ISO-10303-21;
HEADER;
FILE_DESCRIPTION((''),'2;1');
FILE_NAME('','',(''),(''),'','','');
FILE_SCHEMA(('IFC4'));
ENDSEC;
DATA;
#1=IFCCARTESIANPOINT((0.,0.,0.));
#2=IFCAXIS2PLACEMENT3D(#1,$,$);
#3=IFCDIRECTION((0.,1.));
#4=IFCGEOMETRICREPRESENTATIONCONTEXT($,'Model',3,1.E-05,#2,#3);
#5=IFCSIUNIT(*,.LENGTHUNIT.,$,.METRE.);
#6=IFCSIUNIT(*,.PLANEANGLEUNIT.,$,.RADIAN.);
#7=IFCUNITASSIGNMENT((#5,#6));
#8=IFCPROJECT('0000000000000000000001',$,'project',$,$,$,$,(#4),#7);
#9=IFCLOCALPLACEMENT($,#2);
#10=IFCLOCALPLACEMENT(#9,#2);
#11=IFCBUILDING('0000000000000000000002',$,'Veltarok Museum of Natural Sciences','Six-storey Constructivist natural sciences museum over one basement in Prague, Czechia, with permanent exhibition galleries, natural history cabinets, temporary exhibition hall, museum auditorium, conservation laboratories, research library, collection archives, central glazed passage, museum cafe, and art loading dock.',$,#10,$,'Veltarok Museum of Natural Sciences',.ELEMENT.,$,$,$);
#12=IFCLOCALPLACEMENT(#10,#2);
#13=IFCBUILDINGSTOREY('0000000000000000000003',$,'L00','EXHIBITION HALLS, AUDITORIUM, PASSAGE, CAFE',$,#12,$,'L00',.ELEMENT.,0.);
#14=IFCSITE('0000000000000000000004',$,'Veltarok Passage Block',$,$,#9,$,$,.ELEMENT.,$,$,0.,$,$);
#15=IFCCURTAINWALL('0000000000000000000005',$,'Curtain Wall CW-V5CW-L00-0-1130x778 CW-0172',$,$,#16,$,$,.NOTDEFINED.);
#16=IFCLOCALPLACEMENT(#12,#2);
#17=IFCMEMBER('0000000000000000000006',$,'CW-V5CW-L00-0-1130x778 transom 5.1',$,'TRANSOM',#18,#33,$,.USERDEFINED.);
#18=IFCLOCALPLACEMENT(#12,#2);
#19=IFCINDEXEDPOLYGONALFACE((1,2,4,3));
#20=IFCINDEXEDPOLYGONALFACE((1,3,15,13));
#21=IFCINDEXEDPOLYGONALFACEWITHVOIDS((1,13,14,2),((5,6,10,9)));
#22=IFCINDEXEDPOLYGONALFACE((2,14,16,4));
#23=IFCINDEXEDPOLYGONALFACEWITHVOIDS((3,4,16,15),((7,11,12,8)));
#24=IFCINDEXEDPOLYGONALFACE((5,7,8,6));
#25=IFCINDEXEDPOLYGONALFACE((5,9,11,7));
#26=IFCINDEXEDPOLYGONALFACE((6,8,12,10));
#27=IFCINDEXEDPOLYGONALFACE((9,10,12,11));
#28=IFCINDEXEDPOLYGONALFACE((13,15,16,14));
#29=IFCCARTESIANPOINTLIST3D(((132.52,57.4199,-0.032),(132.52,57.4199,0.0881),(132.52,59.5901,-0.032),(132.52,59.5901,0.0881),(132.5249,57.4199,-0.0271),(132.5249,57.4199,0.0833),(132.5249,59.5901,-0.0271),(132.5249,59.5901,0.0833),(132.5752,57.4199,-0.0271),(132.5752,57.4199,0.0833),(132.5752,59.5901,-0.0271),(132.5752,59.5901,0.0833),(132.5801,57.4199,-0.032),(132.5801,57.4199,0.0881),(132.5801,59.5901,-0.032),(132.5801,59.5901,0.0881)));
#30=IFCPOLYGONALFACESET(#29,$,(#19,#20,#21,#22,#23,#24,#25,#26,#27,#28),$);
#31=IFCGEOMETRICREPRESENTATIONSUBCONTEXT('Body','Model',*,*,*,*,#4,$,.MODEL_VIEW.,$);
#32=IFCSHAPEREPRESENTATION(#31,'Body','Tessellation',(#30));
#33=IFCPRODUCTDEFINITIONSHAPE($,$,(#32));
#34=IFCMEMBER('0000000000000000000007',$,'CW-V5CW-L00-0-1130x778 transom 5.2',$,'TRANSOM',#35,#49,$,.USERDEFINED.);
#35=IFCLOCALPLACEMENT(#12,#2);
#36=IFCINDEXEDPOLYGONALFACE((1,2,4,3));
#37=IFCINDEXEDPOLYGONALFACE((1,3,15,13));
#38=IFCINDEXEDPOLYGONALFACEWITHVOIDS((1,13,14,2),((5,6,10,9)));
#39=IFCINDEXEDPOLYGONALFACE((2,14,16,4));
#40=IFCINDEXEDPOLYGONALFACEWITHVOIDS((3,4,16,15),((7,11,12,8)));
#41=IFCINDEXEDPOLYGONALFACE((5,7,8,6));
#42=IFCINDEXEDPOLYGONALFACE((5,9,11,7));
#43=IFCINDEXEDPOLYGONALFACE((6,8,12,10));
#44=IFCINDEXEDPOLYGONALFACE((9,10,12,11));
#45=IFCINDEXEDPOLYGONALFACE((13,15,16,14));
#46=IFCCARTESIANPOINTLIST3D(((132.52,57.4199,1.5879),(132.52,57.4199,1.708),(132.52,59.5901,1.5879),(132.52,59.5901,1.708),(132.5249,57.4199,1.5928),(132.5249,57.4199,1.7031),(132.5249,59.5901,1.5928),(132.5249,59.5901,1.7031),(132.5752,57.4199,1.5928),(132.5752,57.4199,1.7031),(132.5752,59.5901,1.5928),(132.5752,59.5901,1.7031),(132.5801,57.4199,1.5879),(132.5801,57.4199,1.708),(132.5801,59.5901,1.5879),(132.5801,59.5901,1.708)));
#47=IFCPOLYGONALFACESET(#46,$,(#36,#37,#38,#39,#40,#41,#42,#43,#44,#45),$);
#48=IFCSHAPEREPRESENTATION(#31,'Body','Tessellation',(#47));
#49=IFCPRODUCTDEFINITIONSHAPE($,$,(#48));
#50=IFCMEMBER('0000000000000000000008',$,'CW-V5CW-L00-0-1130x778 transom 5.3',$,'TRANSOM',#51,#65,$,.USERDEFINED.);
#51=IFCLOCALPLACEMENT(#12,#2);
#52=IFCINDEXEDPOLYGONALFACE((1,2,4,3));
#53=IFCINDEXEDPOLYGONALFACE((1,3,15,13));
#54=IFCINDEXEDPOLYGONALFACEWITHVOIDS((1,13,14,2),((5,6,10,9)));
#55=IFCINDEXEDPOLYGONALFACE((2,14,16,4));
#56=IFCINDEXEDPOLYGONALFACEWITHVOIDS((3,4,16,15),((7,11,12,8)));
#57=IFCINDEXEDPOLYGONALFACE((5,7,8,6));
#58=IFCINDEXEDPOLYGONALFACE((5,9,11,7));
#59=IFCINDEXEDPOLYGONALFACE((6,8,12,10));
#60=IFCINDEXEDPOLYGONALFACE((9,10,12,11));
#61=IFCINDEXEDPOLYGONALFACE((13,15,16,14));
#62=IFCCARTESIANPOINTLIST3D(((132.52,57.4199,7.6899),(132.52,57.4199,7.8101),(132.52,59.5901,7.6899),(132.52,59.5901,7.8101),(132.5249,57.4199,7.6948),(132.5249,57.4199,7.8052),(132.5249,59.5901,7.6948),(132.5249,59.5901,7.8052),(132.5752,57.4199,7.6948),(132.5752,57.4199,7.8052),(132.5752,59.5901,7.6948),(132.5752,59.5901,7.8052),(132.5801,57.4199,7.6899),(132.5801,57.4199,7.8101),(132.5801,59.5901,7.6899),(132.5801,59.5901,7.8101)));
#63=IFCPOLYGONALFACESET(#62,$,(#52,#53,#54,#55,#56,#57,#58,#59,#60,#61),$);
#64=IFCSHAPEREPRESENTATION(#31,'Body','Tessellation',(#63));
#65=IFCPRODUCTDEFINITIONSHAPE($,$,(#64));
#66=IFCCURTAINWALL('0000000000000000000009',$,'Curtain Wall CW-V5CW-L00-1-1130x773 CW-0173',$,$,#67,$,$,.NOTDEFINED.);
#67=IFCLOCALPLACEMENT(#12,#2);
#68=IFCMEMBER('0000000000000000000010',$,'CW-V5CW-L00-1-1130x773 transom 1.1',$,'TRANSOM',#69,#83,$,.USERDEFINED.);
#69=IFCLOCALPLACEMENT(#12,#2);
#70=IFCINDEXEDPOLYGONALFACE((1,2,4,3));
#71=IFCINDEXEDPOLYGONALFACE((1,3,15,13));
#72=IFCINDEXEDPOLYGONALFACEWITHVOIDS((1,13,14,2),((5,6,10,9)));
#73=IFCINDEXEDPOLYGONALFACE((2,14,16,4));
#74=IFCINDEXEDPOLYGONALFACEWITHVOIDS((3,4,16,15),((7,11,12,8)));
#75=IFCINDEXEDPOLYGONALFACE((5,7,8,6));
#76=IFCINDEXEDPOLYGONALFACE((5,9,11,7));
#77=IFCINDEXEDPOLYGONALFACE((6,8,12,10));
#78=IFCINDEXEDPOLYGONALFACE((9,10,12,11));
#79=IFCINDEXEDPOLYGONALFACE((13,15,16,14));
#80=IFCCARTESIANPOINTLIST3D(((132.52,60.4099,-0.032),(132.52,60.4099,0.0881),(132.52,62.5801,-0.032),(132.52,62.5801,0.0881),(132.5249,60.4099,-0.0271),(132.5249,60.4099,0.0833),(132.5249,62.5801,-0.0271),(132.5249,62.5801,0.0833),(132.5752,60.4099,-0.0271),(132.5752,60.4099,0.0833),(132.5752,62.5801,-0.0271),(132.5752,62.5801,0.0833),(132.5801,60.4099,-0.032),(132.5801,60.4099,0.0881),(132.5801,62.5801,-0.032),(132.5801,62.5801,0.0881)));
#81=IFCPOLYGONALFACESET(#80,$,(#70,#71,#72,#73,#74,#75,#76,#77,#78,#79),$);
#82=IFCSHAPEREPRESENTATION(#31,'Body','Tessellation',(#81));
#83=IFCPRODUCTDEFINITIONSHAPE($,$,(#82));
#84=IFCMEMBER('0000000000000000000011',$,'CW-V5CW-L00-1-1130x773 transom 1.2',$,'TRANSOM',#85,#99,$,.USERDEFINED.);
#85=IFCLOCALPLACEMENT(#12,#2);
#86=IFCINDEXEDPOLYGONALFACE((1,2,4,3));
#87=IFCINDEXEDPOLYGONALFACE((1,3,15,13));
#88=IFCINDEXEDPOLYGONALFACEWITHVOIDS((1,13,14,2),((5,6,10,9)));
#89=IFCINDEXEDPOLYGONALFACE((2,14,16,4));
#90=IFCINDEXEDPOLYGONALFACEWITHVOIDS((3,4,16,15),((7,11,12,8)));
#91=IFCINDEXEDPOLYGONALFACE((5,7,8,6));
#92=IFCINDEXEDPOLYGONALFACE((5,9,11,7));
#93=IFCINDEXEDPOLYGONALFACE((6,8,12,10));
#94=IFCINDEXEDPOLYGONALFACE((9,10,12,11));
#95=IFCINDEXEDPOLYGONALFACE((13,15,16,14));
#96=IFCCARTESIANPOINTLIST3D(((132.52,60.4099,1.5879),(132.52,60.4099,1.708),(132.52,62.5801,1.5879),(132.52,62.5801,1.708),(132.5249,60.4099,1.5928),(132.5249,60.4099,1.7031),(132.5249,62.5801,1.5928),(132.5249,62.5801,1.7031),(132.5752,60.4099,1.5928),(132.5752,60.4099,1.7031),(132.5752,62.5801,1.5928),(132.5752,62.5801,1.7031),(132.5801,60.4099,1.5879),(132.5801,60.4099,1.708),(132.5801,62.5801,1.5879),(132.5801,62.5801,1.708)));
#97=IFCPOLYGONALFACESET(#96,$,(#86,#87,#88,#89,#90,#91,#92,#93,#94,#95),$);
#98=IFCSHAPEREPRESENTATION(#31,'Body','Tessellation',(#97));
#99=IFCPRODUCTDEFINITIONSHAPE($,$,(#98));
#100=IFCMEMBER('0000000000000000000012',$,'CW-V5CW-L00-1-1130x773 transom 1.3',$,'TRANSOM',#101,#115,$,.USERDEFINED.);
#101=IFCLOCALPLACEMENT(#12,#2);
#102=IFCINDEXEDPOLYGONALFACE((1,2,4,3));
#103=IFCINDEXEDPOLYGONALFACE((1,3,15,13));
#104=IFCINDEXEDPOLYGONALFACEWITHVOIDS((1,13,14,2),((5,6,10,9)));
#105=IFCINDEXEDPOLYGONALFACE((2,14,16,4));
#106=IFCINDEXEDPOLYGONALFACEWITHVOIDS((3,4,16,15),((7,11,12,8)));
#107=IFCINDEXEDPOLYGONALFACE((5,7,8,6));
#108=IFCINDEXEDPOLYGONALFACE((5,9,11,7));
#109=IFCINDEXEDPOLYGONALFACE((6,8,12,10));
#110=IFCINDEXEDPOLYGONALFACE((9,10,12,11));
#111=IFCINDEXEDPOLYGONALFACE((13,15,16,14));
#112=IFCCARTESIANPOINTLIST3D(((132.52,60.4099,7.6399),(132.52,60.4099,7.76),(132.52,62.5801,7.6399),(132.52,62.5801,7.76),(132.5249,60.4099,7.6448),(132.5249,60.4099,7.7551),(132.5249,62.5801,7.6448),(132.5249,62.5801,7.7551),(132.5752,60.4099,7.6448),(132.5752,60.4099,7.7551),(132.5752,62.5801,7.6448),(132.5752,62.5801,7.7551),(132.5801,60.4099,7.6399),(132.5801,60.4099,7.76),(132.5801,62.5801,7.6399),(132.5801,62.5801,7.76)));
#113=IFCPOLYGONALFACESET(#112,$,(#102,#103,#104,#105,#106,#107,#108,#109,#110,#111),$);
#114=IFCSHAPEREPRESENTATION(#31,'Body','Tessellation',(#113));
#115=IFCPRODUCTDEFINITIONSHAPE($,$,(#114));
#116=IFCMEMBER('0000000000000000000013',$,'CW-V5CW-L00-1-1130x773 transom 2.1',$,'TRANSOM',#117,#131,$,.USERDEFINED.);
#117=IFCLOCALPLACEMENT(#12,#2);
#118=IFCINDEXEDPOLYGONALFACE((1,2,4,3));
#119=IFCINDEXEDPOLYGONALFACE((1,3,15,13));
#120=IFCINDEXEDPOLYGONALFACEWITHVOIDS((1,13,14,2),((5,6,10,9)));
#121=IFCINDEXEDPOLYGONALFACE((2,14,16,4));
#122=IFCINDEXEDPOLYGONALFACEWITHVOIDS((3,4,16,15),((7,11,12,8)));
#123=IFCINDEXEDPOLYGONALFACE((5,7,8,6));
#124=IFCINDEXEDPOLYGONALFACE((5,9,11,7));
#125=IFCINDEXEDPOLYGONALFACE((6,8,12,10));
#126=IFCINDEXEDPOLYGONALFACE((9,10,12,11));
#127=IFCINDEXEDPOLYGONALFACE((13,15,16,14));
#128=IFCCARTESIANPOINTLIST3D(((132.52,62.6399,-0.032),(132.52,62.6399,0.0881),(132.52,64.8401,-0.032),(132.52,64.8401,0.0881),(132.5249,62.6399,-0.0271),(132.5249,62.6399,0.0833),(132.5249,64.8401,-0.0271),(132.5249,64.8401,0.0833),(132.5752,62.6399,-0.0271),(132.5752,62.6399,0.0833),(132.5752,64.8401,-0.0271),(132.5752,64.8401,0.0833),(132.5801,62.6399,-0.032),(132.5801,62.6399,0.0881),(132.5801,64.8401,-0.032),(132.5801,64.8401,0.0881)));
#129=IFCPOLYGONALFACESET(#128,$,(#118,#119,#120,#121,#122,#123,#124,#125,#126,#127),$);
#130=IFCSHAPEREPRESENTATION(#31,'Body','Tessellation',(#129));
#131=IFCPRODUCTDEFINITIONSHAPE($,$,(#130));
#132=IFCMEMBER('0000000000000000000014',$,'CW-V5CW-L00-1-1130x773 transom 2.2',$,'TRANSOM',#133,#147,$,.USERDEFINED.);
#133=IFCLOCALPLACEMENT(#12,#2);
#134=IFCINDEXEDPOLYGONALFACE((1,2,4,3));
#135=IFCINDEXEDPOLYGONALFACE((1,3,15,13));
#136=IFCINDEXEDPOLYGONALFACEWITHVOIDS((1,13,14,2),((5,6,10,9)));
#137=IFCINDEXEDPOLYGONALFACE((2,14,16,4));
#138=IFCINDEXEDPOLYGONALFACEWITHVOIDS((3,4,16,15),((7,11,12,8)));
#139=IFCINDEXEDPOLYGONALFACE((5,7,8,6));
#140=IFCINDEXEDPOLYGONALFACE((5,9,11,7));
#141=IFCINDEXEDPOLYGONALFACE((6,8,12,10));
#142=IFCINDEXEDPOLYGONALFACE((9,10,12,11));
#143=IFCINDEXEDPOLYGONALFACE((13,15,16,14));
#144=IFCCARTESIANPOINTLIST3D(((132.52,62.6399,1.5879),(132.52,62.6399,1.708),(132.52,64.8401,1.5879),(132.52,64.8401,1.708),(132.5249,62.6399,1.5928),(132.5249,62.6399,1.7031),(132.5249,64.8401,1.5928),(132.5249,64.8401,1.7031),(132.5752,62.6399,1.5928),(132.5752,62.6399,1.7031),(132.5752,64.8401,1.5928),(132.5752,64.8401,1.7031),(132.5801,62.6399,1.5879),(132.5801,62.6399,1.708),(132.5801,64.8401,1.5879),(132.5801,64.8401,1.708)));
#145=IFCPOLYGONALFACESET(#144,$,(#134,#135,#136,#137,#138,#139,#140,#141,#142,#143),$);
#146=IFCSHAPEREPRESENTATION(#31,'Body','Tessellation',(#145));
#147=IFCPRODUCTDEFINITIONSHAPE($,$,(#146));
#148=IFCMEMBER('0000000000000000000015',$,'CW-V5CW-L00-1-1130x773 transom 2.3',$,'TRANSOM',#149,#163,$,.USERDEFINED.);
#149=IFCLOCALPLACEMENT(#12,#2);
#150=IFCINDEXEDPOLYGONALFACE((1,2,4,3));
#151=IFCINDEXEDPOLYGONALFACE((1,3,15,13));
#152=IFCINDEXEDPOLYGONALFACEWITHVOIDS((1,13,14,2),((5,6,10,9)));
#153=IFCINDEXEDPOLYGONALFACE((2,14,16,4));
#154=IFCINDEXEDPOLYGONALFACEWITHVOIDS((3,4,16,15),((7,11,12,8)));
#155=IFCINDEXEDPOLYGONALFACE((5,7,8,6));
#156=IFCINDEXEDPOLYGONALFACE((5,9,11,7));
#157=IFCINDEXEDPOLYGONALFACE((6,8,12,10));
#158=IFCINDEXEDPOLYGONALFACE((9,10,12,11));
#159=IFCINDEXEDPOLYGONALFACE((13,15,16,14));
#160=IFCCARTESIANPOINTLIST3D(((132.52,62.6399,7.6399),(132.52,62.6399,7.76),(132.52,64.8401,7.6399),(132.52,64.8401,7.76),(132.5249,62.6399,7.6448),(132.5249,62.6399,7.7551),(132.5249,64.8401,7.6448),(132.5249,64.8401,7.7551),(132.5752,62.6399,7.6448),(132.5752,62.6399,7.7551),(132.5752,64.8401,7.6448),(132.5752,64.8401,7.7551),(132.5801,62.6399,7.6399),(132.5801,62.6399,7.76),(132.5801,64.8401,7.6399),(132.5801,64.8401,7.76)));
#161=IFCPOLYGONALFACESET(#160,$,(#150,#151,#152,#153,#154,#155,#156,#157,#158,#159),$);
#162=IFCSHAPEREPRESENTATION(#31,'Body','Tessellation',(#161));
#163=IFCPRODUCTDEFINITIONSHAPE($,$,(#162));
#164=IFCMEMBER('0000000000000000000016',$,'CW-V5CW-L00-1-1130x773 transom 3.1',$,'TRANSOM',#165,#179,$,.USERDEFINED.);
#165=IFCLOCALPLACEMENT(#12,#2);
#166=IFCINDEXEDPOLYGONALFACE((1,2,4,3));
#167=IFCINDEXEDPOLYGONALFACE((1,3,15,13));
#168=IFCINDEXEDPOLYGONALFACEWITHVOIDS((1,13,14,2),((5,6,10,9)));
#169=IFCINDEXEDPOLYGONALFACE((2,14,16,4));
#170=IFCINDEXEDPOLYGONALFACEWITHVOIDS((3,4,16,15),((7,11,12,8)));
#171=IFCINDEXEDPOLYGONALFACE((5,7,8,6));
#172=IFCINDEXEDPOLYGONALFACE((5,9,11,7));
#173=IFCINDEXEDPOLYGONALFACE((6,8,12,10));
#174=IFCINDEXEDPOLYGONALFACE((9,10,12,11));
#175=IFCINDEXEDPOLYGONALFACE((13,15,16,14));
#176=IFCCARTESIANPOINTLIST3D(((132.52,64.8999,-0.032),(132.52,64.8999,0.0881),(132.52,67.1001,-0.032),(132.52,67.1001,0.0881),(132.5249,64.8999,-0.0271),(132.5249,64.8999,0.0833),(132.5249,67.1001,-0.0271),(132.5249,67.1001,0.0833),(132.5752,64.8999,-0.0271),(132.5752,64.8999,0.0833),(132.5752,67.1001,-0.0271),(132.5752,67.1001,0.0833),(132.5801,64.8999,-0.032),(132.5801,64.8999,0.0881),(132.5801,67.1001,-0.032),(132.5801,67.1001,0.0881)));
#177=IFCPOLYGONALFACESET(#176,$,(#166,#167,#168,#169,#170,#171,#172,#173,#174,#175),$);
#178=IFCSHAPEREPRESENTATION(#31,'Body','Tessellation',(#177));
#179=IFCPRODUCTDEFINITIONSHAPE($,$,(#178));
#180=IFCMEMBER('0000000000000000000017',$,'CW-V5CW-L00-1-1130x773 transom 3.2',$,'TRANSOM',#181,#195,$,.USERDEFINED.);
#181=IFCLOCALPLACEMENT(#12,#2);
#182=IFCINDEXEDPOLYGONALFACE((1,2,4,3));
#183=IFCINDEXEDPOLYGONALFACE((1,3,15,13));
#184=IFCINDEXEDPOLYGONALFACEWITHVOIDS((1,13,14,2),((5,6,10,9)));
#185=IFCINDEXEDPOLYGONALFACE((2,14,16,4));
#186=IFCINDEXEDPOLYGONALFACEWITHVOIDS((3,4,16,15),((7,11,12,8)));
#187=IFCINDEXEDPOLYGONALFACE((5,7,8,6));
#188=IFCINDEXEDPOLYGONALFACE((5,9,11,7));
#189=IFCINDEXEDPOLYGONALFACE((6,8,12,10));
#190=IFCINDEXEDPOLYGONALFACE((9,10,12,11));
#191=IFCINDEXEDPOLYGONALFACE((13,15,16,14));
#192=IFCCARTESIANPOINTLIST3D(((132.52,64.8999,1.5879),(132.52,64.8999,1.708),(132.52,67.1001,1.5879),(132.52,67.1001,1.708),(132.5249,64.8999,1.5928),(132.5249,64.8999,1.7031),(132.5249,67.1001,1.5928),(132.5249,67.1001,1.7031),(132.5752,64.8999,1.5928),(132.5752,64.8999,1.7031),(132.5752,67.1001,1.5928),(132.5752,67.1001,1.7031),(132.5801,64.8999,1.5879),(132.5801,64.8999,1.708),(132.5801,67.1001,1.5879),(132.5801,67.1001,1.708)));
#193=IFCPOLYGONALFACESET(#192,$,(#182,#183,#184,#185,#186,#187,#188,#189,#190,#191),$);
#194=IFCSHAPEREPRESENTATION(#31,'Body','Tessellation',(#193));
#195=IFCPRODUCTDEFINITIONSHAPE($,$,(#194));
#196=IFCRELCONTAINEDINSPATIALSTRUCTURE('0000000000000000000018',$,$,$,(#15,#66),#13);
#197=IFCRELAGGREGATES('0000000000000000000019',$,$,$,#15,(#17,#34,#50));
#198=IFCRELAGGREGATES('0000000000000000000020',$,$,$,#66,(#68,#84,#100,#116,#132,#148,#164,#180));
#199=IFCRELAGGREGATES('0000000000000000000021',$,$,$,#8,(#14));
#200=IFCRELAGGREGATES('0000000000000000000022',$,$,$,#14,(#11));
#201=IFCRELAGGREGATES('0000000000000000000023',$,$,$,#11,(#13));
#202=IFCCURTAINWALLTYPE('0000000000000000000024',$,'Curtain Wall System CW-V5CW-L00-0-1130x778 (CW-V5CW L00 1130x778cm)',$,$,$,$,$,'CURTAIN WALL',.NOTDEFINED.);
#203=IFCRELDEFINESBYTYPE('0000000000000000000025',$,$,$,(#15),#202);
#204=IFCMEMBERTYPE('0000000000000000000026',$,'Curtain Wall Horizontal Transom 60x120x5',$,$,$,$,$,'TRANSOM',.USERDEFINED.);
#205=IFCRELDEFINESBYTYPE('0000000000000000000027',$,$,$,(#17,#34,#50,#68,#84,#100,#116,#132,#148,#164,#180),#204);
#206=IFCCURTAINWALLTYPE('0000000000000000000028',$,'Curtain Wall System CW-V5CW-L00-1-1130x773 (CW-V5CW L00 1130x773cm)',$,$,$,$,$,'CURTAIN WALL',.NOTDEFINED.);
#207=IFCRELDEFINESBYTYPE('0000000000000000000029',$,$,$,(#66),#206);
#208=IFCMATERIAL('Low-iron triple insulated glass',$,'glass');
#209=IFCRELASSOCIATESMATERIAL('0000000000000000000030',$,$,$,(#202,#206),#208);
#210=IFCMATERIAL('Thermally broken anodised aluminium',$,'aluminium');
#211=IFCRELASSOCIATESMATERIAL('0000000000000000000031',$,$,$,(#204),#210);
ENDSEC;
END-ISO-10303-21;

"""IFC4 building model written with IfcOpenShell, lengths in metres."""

from ifc_helpers import new_model, si_unit, direction, frame, origin, origin_2d, place, context, subcontext, project, spatial, hollow_rectangle, extrude, material, material_profile, profile_set, type_object, element, aggregate, save


model = new_model("IFC4")

# Units and contexts
model_context = context("Model", 3, precision=1e-05, world=origin(), true_north=direction((0.0, 1.0)))
body_context = subcontext(model_context, "Body", "Model", "MODEL_VIEW")
ifc_project = project(units=[si_unit("LENGTHUNIT", "METRE"), si_unit("PLANEANGLEUNIT", "RADIAN")], contexts=[model_context])

# Site, building, storey
site_placement = place(None, origin())
site = spatial("IfcSite", under=ifc_project, at=site_placement, Name="Veltarok Passage Block", CompositionType="ELEMENT", RefElevation=0.0)
building_placement = place(site_placement, origin())
building = spatial("IfcBuilding", under=site, at=building_placement, Name="Veltarok Museum of Natural Sciences", Description="Six-storey Constructivist natural sciences museum over one basement in Prague, Czechia, with permanent exhibition galleries, natural history cabinets, temporary exhibition hall, museum auditorium, conservation laboratories, research library, collection archives, central glazed passage, museum cafe, and art loading dock.", LongName="Veltarok Museum of Natural Sciences", CompositionType="ELEMENT")
storey_placement = place(building_placement, origin())
storey = spatial("IfcBuildingStorey", under=building, at=storey_placement, Name="L00", Description="EXHIBITION HALLS, AUDITORIUM, PASSAGE, CAFE", LongName="L00", CompositionType="ELEMENT", Elevation=0.0)

# Curtain walls, members
ifc_material_1 = material(Name="Low-iron triple insulated glass", Category="glass")
curtain_wall_type_1 = type_object("IfcCurtainWallType", Name="Curtain Wall System CW-V5CW-L00-0-1130x778 (CW-V5CW L00 1130x778cm)", ElementType="CURTAIN WALL", PredefinedType="NOTDEFINED", material=ifc_material_1)
curtain_wall_1_placement = place(storey_placement, origin())
curtain_wall_1 = element("IfcCurtainWall", 1, at=curtain_wall_1_placement, inside=storey, type_object=curtain_wall_type_1, Name="Curtain Wall CW-V5CW-L00-0-1130x778 CW-0172", PredefinedType="NOTDEFINED")
ifc_material_2 = material(Name="Thermally broken anodised aluminium", Category="aluminium")
ifc_material_profile_1 = material_profile(ifc_material_2, hollow_rectangle(XDim=0.0601, YDim=0.1201, WallThickness=0.0049, at=origin_2d()), Name="CW TRANSOM 60x120x5")
ifc_profile_set_1 = profile_set([ifc_material_profile_1], Name="Thermally broken anodised aluminium")
member_type_1 = type_object("IfcMemberType", Name="Curtain Wall Horizontal Transom 60x120x5", ElementType="TRANSOM", PredefinedType="USERDEFINED", material=ifc_profile_set_1)
member_1_placement = place(storey_placement, frame((132.55, 57.4199, 0.0281), z_axis=(0.0, 1.0, 0.0), x_axis=(-1.0, 0.0, 0.0)))
member_1 = element("IfcMember", 2, at=member_1_placement, type_object=member_type_1, Name="CW-V5CW-L00-0-1130x778 transom 5.1", ObjectType="TRANSOM", PredefinedType="USERDEFINED", context=body_context, shape_type="SweptSolid", body=[
    extrude(hollow_rectangle(XDim=0.0601, YDim=0.1201, WallThickness=0.0049, at=origin_2d()), origin(), (0.0, 0.0, 1.0), 2.1702),
])
member_2_placement = place(storey_placement, frame((132.55, 57.4199, 1.6479), z_axis=(0.0, 1.0, 0.0), x_axis=(-1.0, 0.0, 0.0)))
member_2 = element("IfcMember", 3, at=member_2_placement, type_object=member_type_1, Name="CW-V5CW-L00-0-1130x778 transom 5.2", ObjectType="TRANSOM", PredefinedType="USERDEFINED", context=body_context, shape_type="SweptSolid", body=[
    extrude(hollow_rectangle(XDim=0.0601, YDim=0.1201, WallThickness=0.0049, at=origin_2d()), origin(), (0.0, 0.0, 1.0), 2.1702),
])
member_3_placement = place(storey_placement, frame((132.55, 57.4199, 7.75), z_axis=(0.0, 1.0, 0.0), x_axis=(-1.0, 0.0, 0.0)))
member_3 = element("IfcMember", 4, at=member_3_placement, type_object=member_type_1, Name="CW-V5CW-L00-0-1130x778 transom 5.3", ObjectType="TRANSOM", PredefinedType="USERDEFINED", context=body_context, shape_type="SweptSolid", body=[
    extrude(hollow_rectangle(XDim=0.0601, YDim=0.1201, WallThickness=0.0049, at=origin_2d()), origin(), (0.0, 0.0, 1.0), 2.1702),
])
curtain_wall_type_2 = type_object("IfcCurtainWallType", Name="Curtain Wall System CW-V5CW-L00-1-1130x773 (CW-V5CW L00 1130x773cm)", ElementType="CURTAIN WALL", PredefinedType="NOTDEFINED", material=ifc_material_1)
curtain_wall_2_placement = place(storey_placement, origin())
curtain_wall_2 = element("IfcCurtainWall", 5, at=curtain_wall_2_placement, inside=storey, type_object=curtain_wall_type_2, Name="Curtain Wall CW-V5CW-L00-1-1130x773 CW-0173", PredefinedType="NOTDEFINED")
member_4_placement = place(storey_placement, frame((132.55, 60.4099, 0.0281), z_axis=(0.0, 1.0, 0.0), x_axis=(-1.0, 0.0, 0.0)))
member_4 = element("IfcMember", 6, at=member_4_placement, type_object=member_type_1, Name="CW-V5CW-L00-1-1130x773 transom 1.1", ObjectType="TRANSOM", PredefinedType="USERDEFINED", context=body_context, shape_type="SweptSolid", body=[
    extrude(hollow_rectangle(XDim=0.0601, YDim=0.1201, WallThickness=0.0049, at=origin_2d()), origin(), (0.0, 0.0, 1.0), 2.1702),
])
member_5_placement = place(storey_placement, frame((132.55, 60.4099, 1.6479), z_axis=(0.0, 1.0, 0.0), x_axis=(-1.0, 0.0, 0.0)))
member_5 = element("IfcMember", 7, at=member_5_placement, type_object=member_type_1, Name="CW-V5CW-L00-1-1130x773 transom 1.2", ObjectType="TRANSOM", PredefinedType="USERDEFINED", context=body_context, shape_type="SweptSolid", body=[
    extrude(hollow_rectangle(XDim=0.0601, YDim=0.1201, WallThickness=0.0049, at=origin_2d()), origin(), (0.0, 0.0, 1.0), 2.1702),
])
member_6_placement = place(storey_placement, frame((132.55, 60.4099, 7.7), z_axis=(0.0, 1.0, 0.0), x_axis=(-1.0, 0.0, 0.0)))
member_6 = element("IfcMember", 8, at=member_6_placement, type_object=member_type_1, Name="CW-V5CW-L00-1-1130x773 transom 1.3", ObjectType="TRANSOM", PredefinedType="USERDEFINED", context=body_context, shape_type="SweptSolid", body=[
    extrude(hollow_rectangle(XDim=0.0601, YDim=0.1201, WallThickness=0.0049, at=origin_2d()), origin(), (0.0, 0.0, 1.0), 2.1702),
])
member_7_placement = place(storey_placement, frame((132.55, 62.6399, 0.0281), z_axis=(0.0, 1.0, 0.0), x_axis=(-1.0, 0.0, 0.0)))
member_7 = element("IfcMember", 9, at=member_7_placement, type_object=member_type_1, Name="CW-V5CW-L00-1-1130x773 transom 2.1", ObjectType="TRANSOM", PredefinedType="USERDEFINED", context=body_context, shape_type="SweptSolid", body=[
    extrude(hollow_rectangle(XDim=0.0601, YDim=0.1201, WallThickness=0.0049, at=origin_2d()), origin(), (0.0, 0.0, 1.0), 2.2002),
])
member_8_placement = place(storey_placement, frame((132.55, 62.6399, 1.6479), z_axis=(0.0, 1.0, 0.0), x_axis=(-1.0, 0.0, 0.0)))
member_8 = element("IfcMember", 10, at=member_8_placement, type_object=member_type_1, Name="CW-V5CW-L00-1-1130x773 transom 2.2", ObjectType="TRANSOM", PredefinedType="USERDEFINED", context=body_context, shape_type="SweptSolid", body=[
    extrude(hollow_rectangle(XDim=0.0601, YDim=0.1201, WallThickness=0.0049, at=origin_2d()), origin(), (0.0, 0.0, 1.0), 2.2002),
])
member_9_placement = place(storey_placement, frame((132.55, 62.6399, 7.7), z_axis=(0.0, 1.0, 0.0), x_axis=(-1.0, 0.0, 0.0)))
member_9 = element("IfcMember", 11, at=member_9_placement, type_object=member_type_1, Name="CW-V5CW-L00-1-1130x773 transom 2.3", ObjectType="TRANSOM", PredefinedType="USERDEFINED", context=body_context, shape_type="SweptSolid", body=[
    extrude(hollow_rectangle(XDim=0.0601, YDim=0.1201, WallThickness=0.0049, at=origin_2d()), origin(), (0.0, 0.0, 1.0), 2.2002),
])
member_10_placement = place(storey_placement, frame((132.55, 64.8999, 0.0281), z_axis=(0.0, 1.0, 0.0), x_axis=(-1.0, 0.0, 0.0)))
member_10 = element("IfcMember", 12, at=member_10_placement, type_object=member_type_1, Name="CW-V5CW-L00-1-1130x773 transom 3.1", ObjectType="TRANSOM", PredefinedType="USERDEFINED", context=body_context, shape_type="SweptSolid", body=[
    extrude(hollow_rectangle(XDim=0.0601, YDim=0.1201, WallThickness=0.0049, at=origin_2d()), origin(), (0.0, 0.0, 1.0), 2.2002),
])
member_11_placement = place(storey_placement, frame((132.55, 64.8999, 1.6479), z_axis=(0.0, 1.0, 0.0), x_axis=(-1.0, 0.0, 0.0)))
member_11 = element("IfcMember", 13, at=member_11_placement, type_object=member_type_1, Name="CW-V5CW-L00-1-1130x773 transom 3.2", ObjectType="TRANSOM", PredefinedType="USERDEFINED", context=body_context, shape_type="SweptSolid", body=[
    extrude(hollow_rectangle(XDim=0.0601, YDim=0.1201, WallThickness=0.0049, at=origin_2d()), origin(), (0.0, 0.0, 1.0), 2.2002),
])

aggregate(curtain_wall_1, [member_1, member_2, member_3])
aggregate(curtain_wall_2, [member_4, member_5, member_6, member_7, member_8, member_9, member_10, member_11])

save(model, "model.ifc")
